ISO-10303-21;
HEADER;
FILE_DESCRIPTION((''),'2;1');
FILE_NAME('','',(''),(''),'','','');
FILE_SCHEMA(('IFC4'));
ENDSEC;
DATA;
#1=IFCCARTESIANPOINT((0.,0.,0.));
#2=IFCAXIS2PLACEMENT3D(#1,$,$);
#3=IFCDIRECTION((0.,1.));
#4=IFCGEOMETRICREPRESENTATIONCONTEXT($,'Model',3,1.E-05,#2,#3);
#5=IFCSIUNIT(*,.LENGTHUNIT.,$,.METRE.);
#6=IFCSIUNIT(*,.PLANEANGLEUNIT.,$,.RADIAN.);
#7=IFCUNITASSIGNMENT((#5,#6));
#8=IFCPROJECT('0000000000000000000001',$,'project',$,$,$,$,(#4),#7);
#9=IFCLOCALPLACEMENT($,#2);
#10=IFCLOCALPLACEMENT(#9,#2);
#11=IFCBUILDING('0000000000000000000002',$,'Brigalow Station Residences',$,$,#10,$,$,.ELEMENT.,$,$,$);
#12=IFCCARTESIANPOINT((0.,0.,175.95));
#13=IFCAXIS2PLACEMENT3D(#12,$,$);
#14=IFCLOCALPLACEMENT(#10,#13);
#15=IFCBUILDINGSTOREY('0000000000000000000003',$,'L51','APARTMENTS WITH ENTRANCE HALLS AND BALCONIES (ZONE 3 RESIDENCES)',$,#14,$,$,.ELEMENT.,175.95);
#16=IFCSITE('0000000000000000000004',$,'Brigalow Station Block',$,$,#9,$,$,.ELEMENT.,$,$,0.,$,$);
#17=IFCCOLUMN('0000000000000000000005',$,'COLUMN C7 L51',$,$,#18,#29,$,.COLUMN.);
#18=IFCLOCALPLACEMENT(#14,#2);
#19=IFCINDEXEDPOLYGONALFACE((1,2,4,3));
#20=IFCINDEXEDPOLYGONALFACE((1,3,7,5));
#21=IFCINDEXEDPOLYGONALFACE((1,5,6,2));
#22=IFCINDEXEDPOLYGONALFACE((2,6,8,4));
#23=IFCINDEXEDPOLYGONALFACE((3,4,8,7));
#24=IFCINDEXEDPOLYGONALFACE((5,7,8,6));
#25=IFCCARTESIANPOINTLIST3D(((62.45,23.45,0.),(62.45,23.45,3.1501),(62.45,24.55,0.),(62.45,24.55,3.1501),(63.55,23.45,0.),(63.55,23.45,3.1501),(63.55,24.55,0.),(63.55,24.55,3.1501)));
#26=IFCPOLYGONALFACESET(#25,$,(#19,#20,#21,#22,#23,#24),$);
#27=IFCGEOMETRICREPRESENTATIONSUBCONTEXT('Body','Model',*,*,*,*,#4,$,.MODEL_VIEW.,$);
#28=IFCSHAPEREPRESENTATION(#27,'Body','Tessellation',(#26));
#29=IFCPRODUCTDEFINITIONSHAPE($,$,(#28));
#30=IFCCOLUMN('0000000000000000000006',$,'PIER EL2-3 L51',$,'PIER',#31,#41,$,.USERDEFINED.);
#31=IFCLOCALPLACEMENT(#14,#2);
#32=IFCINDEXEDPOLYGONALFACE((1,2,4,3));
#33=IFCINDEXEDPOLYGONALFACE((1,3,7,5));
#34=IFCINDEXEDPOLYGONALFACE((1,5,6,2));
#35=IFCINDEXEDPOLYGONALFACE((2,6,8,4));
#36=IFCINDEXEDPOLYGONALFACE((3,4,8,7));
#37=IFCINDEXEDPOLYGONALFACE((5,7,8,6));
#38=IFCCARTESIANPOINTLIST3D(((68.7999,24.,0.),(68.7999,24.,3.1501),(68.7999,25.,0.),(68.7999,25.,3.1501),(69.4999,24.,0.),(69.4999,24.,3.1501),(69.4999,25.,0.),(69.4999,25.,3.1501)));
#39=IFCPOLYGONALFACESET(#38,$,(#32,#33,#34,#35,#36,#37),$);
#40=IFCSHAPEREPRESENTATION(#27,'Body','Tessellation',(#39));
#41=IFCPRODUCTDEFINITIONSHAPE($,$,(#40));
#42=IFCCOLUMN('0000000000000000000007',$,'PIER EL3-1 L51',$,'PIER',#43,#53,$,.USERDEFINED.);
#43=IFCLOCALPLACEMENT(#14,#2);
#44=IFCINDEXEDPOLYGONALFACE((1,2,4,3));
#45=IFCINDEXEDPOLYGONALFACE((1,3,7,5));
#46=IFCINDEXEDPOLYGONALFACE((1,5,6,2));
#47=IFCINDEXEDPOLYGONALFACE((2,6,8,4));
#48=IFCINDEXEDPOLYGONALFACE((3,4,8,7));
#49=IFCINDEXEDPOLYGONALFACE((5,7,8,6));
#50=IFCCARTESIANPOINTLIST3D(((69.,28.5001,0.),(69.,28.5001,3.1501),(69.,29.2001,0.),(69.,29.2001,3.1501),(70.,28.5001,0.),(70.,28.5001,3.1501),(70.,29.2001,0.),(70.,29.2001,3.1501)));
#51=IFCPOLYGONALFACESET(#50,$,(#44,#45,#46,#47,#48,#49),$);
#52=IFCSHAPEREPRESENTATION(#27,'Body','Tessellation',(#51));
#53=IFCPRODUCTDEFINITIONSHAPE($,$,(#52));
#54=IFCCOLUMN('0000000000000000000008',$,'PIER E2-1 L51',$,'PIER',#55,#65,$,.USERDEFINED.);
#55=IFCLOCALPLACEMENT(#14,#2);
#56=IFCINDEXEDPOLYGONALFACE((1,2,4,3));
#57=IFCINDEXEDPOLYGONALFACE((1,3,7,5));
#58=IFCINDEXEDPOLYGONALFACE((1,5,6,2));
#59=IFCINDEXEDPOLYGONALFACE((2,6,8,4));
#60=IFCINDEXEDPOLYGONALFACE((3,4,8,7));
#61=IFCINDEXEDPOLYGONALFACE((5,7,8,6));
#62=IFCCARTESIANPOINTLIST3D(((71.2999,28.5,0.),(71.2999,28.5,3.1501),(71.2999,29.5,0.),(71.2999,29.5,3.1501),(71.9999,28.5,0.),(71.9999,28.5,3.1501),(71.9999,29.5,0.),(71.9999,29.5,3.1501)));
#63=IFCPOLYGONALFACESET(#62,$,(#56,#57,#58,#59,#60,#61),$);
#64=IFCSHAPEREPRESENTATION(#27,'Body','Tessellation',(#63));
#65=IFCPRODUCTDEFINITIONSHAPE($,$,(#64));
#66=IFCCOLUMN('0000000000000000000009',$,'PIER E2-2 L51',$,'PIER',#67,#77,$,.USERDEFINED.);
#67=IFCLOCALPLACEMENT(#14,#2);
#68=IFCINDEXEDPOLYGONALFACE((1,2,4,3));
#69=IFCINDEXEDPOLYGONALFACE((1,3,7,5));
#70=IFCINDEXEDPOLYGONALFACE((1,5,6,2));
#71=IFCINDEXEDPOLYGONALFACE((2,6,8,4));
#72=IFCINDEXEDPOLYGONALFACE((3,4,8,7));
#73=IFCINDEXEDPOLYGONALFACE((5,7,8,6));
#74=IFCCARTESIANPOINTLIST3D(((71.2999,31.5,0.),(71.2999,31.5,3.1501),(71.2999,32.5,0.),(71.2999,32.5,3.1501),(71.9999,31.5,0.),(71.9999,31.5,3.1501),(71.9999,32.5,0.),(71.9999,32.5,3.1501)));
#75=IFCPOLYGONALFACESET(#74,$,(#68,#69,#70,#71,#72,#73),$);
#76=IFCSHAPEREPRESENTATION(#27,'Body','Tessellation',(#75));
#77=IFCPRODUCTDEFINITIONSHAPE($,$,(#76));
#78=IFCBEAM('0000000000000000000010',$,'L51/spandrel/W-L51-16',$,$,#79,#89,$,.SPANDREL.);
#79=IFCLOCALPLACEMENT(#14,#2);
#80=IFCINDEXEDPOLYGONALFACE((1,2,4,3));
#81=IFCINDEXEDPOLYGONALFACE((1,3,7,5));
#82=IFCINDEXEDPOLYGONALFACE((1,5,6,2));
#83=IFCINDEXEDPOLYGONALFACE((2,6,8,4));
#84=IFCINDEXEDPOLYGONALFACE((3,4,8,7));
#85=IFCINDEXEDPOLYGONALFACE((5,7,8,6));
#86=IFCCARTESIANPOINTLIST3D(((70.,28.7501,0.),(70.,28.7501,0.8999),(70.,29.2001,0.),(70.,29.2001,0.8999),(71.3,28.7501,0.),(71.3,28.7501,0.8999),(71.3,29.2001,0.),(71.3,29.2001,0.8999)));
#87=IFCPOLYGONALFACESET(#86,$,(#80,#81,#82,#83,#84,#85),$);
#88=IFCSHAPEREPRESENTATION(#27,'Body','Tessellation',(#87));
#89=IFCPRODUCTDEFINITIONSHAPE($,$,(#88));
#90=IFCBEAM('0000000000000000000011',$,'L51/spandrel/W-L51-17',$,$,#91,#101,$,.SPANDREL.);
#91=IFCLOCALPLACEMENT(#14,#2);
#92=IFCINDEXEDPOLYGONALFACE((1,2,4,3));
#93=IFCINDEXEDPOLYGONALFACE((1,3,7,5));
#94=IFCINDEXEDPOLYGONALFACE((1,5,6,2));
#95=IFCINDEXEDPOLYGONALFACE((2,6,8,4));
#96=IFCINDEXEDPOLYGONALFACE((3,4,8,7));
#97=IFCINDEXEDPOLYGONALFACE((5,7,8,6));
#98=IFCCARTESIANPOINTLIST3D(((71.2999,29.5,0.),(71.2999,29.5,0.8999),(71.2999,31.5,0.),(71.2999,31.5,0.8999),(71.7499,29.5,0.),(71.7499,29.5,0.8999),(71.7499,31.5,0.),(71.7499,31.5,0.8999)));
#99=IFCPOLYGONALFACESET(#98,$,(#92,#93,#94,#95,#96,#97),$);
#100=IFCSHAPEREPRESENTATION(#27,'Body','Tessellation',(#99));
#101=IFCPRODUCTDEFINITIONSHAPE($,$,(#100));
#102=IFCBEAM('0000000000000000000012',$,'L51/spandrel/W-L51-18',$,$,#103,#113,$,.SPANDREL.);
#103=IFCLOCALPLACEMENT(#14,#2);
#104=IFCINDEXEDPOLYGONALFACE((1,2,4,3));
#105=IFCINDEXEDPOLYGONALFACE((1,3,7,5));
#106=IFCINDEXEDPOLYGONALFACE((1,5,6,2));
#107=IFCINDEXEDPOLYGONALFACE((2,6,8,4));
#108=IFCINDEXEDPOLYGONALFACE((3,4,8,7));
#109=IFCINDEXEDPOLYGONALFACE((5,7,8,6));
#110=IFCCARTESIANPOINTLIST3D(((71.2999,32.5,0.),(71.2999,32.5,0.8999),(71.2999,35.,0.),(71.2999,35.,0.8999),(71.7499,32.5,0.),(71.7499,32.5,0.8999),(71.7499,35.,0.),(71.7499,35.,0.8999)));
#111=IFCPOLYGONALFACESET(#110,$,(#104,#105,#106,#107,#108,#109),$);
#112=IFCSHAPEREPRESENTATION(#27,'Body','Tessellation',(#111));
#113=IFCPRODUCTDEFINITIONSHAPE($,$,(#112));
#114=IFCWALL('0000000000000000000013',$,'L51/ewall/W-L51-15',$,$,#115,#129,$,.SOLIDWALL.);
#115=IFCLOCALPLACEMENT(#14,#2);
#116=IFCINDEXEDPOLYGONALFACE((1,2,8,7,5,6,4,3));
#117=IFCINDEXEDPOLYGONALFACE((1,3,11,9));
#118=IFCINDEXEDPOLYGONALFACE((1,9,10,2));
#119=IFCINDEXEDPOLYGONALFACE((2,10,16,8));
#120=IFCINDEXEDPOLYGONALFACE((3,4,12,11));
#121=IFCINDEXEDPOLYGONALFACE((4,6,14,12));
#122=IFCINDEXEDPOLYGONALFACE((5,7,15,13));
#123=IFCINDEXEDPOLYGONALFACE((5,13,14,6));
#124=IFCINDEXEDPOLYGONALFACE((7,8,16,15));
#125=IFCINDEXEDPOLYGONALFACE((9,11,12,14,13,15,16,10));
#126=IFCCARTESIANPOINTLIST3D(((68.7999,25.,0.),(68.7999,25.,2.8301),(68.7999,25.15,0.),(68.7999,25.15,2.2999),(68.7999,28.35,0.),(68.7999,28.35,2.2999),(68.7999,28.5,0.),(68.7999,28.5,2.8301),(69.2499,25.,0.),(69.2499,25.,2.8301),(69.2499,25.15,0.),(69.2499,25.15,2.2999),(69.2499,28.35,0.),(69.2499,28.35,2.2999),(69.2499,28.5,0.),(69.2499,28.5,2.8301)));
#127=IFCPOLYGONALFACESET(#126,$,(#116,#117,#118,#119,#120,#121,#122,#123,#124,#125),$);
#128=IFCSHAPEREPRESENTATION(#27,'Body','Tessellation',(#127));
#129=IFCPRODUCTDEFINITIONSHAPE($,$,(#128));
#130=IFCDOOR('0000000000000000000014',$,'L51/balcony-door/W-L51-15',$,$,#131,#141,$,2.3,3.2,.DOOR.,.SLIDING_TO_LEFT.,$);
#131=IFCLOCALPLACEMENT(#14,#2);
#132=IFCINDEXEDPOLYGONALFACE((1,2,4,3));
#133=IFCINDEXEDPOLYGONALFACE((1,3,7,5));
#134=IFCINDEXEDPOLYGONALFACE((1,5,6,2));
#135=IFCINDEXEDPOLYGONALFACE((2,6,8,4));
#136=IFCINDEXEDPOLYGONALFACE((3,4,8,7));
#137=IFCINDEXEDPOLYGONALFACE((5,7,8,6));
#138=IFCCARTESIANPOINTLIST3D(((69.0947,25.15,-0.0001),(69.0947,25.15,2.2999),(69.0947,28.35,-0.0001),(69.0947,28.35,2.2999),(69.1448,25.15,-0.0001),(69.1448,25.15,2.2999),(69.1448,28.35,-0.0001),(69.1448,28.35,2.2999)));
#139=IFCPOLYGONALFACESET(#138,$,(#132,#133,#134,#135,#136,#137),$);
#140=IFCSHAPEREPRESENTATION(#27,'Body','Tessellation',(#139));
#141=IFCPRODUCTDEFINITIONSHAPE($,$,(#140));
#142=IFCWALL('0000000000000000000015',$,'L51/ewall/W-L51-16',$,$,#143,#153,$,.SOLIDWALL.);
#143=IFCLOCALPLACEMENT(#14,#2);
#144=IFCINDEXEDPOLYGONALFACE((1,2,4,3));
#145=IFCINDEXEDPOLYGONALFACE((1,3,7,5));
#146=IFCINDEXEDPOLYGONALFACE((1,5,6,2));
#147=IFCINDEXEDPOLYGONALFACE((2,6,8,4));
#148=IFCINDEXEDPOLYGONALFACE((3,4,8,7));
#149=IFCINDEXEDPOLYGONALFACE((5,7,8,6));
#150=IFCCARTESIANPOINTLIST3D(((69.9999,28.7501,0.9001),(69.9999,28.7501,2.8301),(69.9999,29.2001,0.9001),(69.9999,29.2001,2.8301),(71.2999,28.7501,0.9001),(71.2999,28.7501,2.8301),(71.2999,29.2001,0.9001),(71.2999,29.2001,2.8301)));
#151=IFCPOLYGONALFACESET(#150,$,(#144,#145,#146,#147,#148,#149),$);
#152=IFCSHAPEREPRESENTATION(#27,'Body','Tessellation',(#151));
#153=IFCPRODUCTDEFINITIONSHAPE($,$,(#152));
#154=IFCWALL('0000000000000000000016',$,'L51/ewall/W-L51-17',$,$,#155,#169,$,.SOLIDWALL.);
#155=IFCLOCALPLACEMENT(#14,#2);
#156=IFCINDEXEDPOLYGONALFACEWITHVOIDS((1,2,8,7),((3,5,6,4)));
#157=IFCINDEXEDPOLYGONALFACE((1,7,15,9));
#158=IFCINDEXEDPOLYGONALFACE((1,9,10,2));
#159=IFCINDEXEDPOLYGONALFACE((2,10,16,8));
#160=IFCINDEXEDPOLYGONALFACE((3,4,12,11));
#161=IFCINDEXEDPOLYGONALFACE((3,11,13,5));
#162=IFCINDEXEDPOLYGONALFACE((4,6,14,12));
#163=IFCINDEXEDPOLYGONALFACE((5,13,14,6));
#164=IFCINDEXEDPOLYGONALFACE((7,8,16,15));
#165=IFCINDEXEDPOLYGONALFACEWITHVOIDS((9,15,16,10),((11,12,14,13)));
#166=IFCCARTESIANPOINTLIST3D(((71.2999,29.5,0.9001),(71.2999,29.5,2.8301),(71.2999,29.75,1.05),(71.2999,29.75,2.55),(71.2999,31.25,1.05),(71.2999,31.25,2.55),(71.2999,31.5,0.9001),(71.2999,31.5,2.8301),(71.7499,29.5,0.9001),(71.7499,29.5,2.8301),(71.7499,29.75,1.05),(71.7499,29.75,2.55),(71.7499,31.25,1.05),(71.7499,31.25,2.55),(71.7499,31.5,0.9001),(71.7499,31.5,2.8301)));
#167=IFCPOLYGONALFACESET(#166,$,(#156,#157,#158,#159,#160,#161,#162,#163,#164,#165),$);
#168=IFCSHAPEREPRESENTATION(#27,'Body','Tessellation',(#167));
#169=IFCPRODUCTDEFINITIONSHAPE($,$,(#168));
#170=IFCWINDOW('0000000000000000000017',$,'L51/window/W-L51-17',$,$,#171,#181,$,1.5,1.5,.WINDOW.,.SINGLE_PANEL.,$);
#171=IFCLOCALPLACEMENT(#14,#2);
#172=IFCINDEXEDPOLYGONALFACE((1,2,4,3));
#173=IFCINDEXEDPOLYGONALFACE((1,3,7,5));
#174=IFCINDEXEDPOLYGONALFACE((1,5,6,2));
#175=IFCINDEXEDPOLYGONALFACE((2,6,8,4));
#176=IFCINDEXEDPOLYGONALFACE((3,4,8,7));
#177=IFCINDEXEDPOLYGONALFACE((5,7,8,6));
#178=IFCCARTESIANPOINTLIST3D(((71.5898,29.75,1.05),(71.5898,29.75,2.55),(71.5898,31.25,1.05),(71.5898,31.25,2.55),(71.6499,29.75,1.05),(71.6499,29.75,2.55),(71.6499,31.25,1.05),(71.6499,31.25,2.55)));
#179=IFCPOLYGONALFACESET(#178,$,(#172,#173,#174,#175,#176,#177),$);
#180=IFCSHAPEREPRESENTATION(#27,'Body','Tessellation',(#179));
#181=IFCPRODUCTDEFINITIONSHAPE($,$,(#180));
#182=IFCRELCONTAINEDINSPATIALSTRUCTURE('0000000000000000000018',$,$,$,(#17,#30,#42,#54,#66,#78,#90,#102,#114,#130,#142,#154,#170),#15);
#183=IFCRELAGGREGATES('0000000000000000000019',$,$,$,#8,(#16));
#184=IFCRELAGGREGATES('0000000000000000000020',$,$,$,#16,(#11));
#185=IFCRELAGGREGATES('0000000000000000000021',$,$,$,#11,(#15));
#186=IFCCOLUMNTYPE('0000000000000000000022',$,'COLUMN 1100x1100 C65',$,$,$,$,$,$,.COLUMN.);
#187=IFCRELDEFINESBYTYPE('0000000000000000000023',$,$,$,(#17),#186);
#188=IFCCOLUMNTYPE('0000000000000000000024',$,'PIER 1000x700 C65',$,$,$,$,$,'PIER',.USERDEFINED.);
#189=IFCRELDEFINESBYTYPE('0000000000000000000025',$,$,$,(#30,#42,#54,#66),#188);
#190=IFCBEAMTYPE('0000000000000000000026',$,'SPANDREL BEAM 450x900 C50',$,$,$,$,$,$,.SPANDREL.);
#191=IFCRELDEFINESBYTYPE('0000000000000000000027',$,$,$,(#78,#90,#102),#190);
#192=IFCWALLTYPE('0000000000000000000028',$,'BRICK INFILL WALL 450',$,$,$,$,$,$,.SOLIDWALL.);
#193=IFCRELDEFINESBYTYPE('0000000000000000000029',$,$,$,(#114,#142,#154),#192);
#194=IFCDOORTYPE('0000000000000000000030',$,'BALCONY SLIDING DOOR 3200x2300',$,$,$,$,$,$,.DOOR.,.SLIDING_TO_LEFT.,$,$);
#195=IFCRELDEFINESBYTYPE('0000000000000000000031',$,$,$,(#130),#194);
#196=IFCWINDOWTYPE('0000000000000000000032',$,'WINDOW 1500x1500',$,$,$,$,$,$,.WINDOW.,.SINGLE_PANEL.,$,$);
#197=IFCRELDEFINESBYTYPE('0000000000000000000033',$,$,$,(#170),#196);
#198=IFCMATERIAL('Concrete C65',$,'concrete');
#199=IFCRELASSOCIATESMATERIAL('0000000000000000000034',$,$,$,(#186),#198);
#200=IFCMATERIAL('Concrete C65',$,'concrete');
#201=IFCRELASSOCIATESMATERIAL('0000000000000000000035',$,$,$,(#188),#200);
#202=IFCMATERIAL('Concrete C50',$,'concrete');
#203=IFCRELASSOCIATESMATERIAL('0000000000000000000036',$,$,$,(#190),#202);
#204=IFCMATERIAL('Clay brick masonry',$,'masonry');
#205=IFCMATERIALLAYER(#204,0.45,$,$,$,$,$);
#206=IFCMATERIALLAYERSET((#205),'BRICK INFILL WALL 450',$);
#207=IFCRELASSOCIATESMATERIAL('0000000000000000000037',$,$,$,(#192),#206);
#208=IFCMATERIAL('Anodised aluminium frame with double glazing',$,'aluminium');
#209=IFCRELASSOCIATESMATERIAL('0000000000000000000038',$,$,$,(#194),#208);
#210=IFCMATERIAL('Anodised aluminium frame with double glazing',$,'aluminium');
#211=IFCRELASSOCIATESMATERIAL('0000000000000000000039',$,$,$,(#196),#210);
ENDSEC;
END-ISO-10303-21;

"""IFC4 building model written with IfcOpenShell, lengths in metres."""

from ifc_helpers import new_model, si_unit, direction, frame, frame_2d, origin, origin_2d, place, context, subcontext, project, spatial, rectangle, extrude, material, layer, layer_set, material_profile, profile_set, type_object, element, fill, save


model = new_model("IFC4")

# Units and contexts
model_context = context("Model", 3, precision=1e-05, world=origin(), true_north=direction((0.0, 1.0)))
body_context = subcontext(model_context, "Body", "Model", "MODEL_VIEW")
ifc_project = project(units=[si_unit("LENGTHUNIT", "METRE"), si_unit("PLANEANGLEUNIT", "RADIAN")], contexts=[model_context])

# Site, building, storey
site_placement = place(None, origin())
site = spatial("IfcSite", under=ifc_project, at=site_placement, Name="Brigalow Station Block", CompositionType="ELEMENT", RefElevation=0.0)
building_placement = place(site_placement, origin())
building = spatial("IfcBuilding", under=site, at=building_placement, Name="Brigalow Station Residences", CompositionType="ELEMENT")
storey_placement = place(building_placement, frame((0.0, 0.0, 175.95)))
storey = spatial("IfcBuildingStorey", under=building, at=storey_placement, Name="L51", Description="APARTMENTS WITH ENTRANCE HALLS AND BALCONIES (ZONE 3 RESIDENCES)", CompositionType="ELEMENT", Elevation=175.95)

# Columns
ifc_material_1 = material(Name="Concrete C65", Category="concrete")
ifc_material_profile_1 = material_profile(ifc_material_1, rectangle(XDim=1.1001, YDim=1.1001, at=origin_2d()), Name="RC1100x1100")
ifc_profile_set_1 = profile_set([ifc_material_profile_1], Name="Concrete C65")
column_type_1 = type_object("IfcColumnType", Name="COLUMN 1100x1100 C65", PredefinedType="COLUMN", material=ifc_profile_set_1)
column_placement = place(storey_placement, frame((63.0, 24.0, 0.0), z_axis=(0.0, 0.0, 1.0), x_axis=(1.0, 0.0, 0.0)))
element("IfcColumn", 1, at=column_placement, inside=storey, type_object=column_type_1, Name="COLUMN C7 L51", PredefinedType="COLUMN", context=body_context, shape_type="SweptSolid", body=[
    extrude(rectangle(XDim=1.1001, YDim=1.1001, at=origin_2d()), origin(), (0.0, 0.0, 1.0), 3.1501),
])
ifc_material_2 = material(Name="Concrete C65", Category="concrete")
ifc_material_profile_2 = material_profile(ifc_material_2, rectangle(XDim=1.0, YDim=0.7, at=origin_2d()), Name="RC1000x700")
ifc_profile_set_2 = profile_set([ifc_material_profile_2], Name="Concrete C65")
column_type_2 = type_object("IfcColumnType", Name="PIER 1000x700 C65", ElementType="PIER", PredefinedType="USERDEFINED", material=ifc_profile_set_2)
for number, where, z_axis, x_axis, name in (
    (2, (69.1499, 24.5, 0.0), (0.0, 0.0, 1.0), (0.0, 1.0, 0.0), "PIER EL2-3 L51"),
    (3, (69.5, 28.8501, 0.0), (0.0, 0.0, 1.0), (1.0, 0.0, 0.0), "PIER EL3-1 L51"),
    (4, (71.6499, 29.0, 0.0), (0.0, 0.0, 1.0), (0.0, 1.0, 0.0), "PIER E2-1 L51"),
    (5, (71.6499, 32.0, 0.0), (0.0, 0.0, 1.0), (0.0, 1.0, 0.0), "PIER E2-2 L51"),
):
    element("IfcColumn", number, at=place(storey_placement, frame(where, z_axis=z_axis, x_axis=x_axis)), inside=storey, type_object=column_type_2, Name=name, ObjectType="PIER", PredefinedType="USERDEFINED", context=body_context, shape_type="SweptSolid", body=[
        extrude(rectangle(XDim=1.0, YDim=0.7, at=origin_2d()), origin(), (0.0, 0.0, 1.0), 3.1501),
    ])

# Beams
ifc_material_3 = material(Name="Concrete C50", Category="concrete")
ifc_material_profile_3 = material_profile(ifc_material_3, rectangle(XDim=0.45, YDim=0.8999, at=origin_2d()), Name="RC450x900")
ifc_profile_set_3 = profile_set([ifc_material_profile_3], Name="Concrete C50")
beam_type = type_object("IfcBeamType", Name="SPANDREL BEAM 450x900 C50", PredefinedType="SPANDREL", material=ifc_profile_set_3)
beam_1_placement = place(storey_placement, frame((70.0, 28.9751, 0.45), z_axis=(1.0, 0.0, 0.0), x_axis=(0.0, 1.0, 0.0)))
element("IfcBeam", 6, at=beam_1_placement, inside=storey, type_object=beam_type, Name="L51/spandrel/W-L51-16", PredefinedType="SPANDREL", context=body_context, shape_type="SweptSolid", body=[
    extrude(rectangle(XDim=0.45, YDim=0.8999, at=origin_2d()), origin(), (0.0, 0.0, 1.0), 1.3),
])
beam_2_placement = place(storey_placement, frame((71.5249, 29.5, 0.45), z_axis=(0.0, 1.0, 0.0), x_axis=(-1.0, 0.0, 0.0)))
element("IfcBeam", 7, at=beam_2_placement, inside=storey, type_object=beam_type, Name="L51/spandrel/W-L51-17", PredefinedType="SPANDREL", context=body_context, shape_type="SweptSolid", body=[
    extrude(rectangle(XDim=0.45, YDim=0.8999, at=origin_2d()), origin(), (0.0, 0.0, 1.0), 2.0),
])
beam_3_placement = place(storey_placement, frame((71.5249, 32.5, 0.45), z_axis=(0.0, 1.0, 0.0), x_axis=(-1.0, 0.0, 0.0)))
element("IfcBeam", 8, at=beam_3_placement, inside=storey, type_object=beam_type, Name="L51/spandrel/W-L51-18", PredefinedType="SPANDREL", context=body_context, shape_type="SweptSolid", body=[
    extrude(rectangle(XDim=0.45, YDim=0.8999, at=origin_2d()), origin(), (0.0, 0.0, 1.0), 2.5),
])

# Wall, opening, door
ifc_material_4 = material(Name="Clay brick masonry", Category="masonry")
ifc_layer_1 = layer(ifc_material_4, 0.45)
ifc_layer_set_1 = layer_set([ifc_layer_1], Name="BRICK INFILL WALL 450")
wall_type_1 = type_object("IfcWallType", Name="BRICK INFILL WALL 450", PredefinedType="SOLIDWALL", material=ifc_layer_set_1)
wall_1_placement = place(storey_placement, frame((69.0249, 25.0, 0.0), z_axis=(0.0, 0.0, 1.0), x_axis=(0.0, 1.0, 0.0)))
wall_1 = element("IfcWall", 9, at=wall_1_placement, inside=storey, type_object=wall_type_1, Name="L51/ewall/W-L51-15", PredefinedType="SOLIDWALL", context=body_context, shape_type="SweptSolid", body=[
    extrude(rectangle(XDim=3.5, YDim=0.45, at=frame_2d((1.75, 0.0))), origin(), (0.0, 0.0, 1.0), 2.8301),
])
opening_1_placement = place(wall_1_placement, frame((0.1499, 0.0, 0.0)))
opening_1 = element("IfcOpeningElement", 10, at=opening_1_placement, cuts=wall_1, PredefinedType="OPENING", context=body_context, shape_type="SweptSolid", body=[
    extrude(rectangle(XDim=3.2, YDim=2.3, at=frame_2d((1.6001, 1.1499))), frame((0.0, 0.2349, 0.0), z_axis=(0.0, -1.0, 0.0), x_axis=(1.0, 0.0, 0.0)), (0.0, 0.0, 1.0), 0.47),
])
ifc_material_5 = material(Name="Anodised aluminium frame with double glazing", Category="aluminium")
door_type_1 = type_object("IfcDoorType", Name="BALCONY SLIDING DOOR 3200x2300", OperationType="SLIDING_TO_LEFT", PredefinedType="DOOR", material=ifc_material_5)
door_1_placement = place(opening_1_placement, origin())
door_1 = element("IfcDoor", 11, at=door_1_placement, inside=storey, type_object=door_type_1, Name="L51/balcony-door/W-L51-15", OperationType="SLIDING_TO_LEFT", OverallHeight=2.3, OverallWidth=3.2, PredefinedType="DOOR", context=body_context, shape_type="SweptSolid", body=[
    extrude(rectangle(XDim=3.2, YDim=2.3, at=frame_2d((1.6001, 1.1499))), frame((0.0, -0.0698, 0.0), z_axis=(0.0, -1.0, 0.0), x_axis=(1.0, 0.0, 0.0)), (0.0, 0.0, 1.0), 0.05),
])
fill(opening_1, door_1)

# Wall
wall_2_placement = place(storey_placement, frame((70.0, 28.9751, 0.9001), z_axis=(0.0, 0.0, 1.0), x_axis=(1.0, 0.0, 0.0)))
element("IfcWall", 12, at=wall_2_placement, inside=storey, type_object=wall_type_1, Name="L51/ewall/W-L51-16", PredefinedType="SOLIDWALL", context=body_context, shape_type="SweptSolid", body=[
    extrude(rectangle(XDim=1.3, YDim=0.45, at=frame_2d((0.6499, 0.0))), origin(), (0.0, 0.0, 1.0), 1.9299),
])

# Wall, opening, window
wall_3_placement = place(storey_placement, frame((71.5249, 29.5, 0.9001), z_axis=(0.0, 0.0, 1.0), x_axis=(0.0, 1.0, 0.0)))
wall_3 = element("IfcWall", 13, at=wall_3_placement, inside=storey, type_object=wall_type_1, Name="L51/ewall/W-L51-17", PredefinedType="SOLIDWALL", context=body_context, shape_type="SweptSolid", body=[
    extrude(rectangle(XDim=2.0, YDim=0.45, at=frame_2d((1.0, 0.0))), origin(), (0.0, 0.0, 1.0), 1.9299),
])
opening_2_placement = place(wall_3_placement, frame((0.25, 0.0, 0.1499)))
opening_2 = element("IfcOpeningElement", 14, at=opening_2_placement, cuts=wall_3, PredefinedType="OPENING", context=body_context, shape_type="SweptSolid", body=[
    extrude(rectangle(XDim=1.5, YDim=1.5, at=frame_2d((0.75, 0.75))), frame((0.0, 0.2349, 0.0), z_axis=(0.0, -1.0, 0.0), x_axis=(1.0, 0.0, 0.0)), (0.0, 0.0, 1.0), 0.47),
])
ifc_material_6 = material(Name="Anodised aluminium frame with double glazing", Category="aluminium")
window_type_1 = type_object("IfcWindowType", Name="WINDOW 1500x1500", PartitioningType="SINGLE_PANEL", PredefinedType="WINDOW", material=ifc_material_6)
window_1_placement = place(opening_2_placement, origin())
window_1 = element("IfcWindow", 15, at=window_1_placement, inside=storey, type_object=window_type_1, Name="L51/window/W-L51-17", OverallHeight=1.5, OverallWidth=1.5, PartitioningType="SINGLE_PANEL", PredefinedType="WINDOW", context=body_context, shape_type="SweptSolid", body=[
    extrude(rectangle(XDim=1.5, YDim=1.5, at=frame_2d((0.75, 0.75))), frame((0.0, -0.0649, 0.0), z_axis=(0.0, -1.0, 0.0), x_axis=(1.0, 0.0, 0.0)), (0.0, 0.0, 1.0), 0.0601),
])
fill(opening_2, window_1)

save(model, "model.ifc")
